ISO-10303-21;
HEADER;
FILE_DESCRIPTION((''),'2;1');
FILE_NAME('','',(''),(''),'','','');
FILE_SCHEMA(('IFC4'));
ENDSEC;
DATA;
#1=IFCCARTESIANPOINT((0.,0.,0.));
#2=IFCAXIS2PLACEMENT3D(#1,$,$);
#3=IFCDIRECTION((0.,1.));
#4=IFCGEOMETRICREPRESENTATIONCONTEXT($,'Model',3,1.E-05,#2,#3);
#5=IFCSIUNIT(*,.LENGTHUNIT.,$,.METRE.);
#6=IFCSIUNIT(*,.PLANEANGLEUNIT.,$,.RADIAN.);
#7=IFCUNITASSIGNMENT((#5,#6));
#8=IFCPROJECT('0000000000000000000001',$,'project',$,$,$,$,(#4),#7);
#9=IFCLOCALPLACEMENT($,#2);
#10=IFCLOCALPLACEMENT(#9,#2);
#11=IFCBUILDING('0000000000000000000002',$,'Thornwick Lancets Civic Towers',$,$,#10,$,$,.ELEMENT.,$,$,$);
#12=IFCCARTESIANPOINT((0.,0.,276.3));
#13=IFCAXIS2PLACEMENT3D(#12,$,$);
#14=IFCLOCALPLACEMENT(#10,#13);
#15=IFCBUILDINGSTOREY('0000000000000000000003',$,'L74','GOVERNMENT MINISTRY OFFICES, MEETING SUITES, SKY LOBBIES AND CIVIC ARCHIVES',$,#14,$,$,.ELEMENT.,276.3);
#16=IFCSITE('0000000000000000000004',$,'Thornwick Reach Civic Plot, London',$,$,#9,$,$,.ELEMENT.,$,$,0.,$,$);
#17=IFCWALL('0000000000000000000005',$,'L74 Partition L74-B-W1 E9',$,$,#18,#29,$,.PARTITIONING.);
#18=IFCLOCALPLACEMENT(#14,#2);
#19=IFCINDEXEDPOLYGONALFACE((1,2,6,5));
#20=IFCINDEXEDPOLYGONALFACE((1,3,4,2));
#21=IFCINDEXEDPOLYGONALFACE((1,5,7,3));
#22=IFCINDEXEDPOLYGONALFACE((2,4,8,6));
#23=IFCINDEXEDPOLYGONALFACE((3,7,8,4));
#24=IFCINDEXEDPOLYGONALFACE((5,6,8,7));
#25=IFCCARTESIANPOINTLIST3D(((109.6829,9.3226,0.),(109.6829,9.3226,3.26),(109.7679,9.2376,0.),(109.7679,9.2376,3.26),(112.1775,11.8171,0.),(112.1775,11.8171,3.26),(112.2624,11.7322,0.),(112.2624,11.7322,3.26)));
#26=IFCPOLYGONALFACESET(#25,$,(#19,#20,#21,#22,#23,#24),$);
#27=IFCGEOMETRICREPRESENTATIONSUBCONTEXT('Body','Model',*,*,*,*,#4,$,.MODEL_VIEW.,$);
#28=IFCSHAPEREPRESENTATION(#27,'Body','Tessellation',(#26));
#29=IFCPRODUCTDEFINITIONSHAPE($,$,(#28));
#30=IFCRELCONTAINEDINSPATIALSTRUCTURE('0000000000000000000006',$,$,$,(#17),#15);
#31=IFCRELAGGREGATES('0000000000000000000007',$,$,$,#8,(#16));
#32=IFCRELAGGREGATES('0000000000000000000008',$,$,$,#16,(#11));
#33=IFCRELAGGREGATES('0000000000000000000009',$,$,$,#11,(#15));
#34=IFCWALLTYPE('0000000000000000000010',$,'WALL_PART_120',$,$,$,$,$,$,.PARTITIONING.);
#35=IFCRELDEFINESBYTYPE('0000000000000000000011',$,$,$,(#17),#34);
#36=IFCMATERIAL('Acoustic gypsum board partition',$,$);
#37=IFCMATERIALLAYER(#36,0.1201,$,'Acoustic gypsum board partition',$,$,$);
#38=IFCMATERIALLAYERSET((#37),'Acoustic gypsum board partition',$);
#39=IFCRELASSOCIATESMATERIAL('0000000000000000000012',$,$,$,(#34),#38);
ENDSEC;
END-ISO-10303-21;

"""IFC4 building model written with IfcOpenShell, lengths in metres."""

from ifc_helpers import new_model, si_unit, direction, frame, frame_2d, origin, place, context, subcontext, project, spatial, rectangle, extrude, material, layer, layer_set, type_object, element, save


model = new_model("IFC4")

# Units and contexts
model_context = context("Model", 3, precision=1e-05, world=origin(), true_north=direction((0.0, 1.0)))
body_context = subcontext(model_context, "Body", "Model", "MODEL_VIEW")
ifc_project = project(units=[si_unit("LENGTHUNIT", "METRE"), si_unit("PLANEANGLEUNIT", "RADIAN")], contexts=[model_context])

# Site, building, storey
site_placement = place(None, origin())
site = spatial("IfcSite", under=ifc_project, at=site_placement, Name="Thornwick Reach Civic Plot, London", CompositionType="ELEMENT", RefElevation=0.0)
building_placement = place(site_placement, origin())
building = spatial("IfcBuilding", under=site, at=building_placement, Name="Thornwick Lancets Civic Towers", CompositionType="ELEMENT")
storey_placement = place(building_placement, frame((0.0, 0.0, 276.3)))
storey = spatial("IfcBuildingStorey", under=building, at=storey_placement, Name="L74", Description="GOVERNMENT MINISTRY OFFICES, MEETING SUITES, SKY LOBBIES AND CIVIC ARCHIVES", CompositionType="ELEMENT", Elevation=276.3)

# Wall
ifc_material_1 = material(Name="Acoustic gypsum board partition")
ifc_layer_1 = layer(ifc_material_1, 0.1201, Name="Acoustic gypsum board partition")
ifc_layer_set_1 = layer_set([ifc_layer_1], Name="Acoustic gypsum board partition")
wall_type_1 = type_object("IfcWallType", Name="WALL_PART_120", PredefinedType="PARTITIONING", material=ifc_layer_set_1)
wall_1_placement = place(storey_placement, frame((112.22, 11.7747, 0.0), z_axis=(0.0, 0.0, 1.0), x_axis=(-0.707107, -0.707107, 0.0)))
element("IfcWall", 1, at=wall_1_placement, inside=storey, type_object=wall_type_1, Name="L74 Partition L74-B-W1 E9", PredefinedType="PARTITIONING", context=body_context, shape_type="SweptSolid", body=[
    extrude(rectangle(XDim=3.5278, YDim=0.1201, at=frame_2d((1.7639, 0.0))), origin(), (0.0, 0.0, 1.0), 3.26),
])

save(model, "model.ifc")
